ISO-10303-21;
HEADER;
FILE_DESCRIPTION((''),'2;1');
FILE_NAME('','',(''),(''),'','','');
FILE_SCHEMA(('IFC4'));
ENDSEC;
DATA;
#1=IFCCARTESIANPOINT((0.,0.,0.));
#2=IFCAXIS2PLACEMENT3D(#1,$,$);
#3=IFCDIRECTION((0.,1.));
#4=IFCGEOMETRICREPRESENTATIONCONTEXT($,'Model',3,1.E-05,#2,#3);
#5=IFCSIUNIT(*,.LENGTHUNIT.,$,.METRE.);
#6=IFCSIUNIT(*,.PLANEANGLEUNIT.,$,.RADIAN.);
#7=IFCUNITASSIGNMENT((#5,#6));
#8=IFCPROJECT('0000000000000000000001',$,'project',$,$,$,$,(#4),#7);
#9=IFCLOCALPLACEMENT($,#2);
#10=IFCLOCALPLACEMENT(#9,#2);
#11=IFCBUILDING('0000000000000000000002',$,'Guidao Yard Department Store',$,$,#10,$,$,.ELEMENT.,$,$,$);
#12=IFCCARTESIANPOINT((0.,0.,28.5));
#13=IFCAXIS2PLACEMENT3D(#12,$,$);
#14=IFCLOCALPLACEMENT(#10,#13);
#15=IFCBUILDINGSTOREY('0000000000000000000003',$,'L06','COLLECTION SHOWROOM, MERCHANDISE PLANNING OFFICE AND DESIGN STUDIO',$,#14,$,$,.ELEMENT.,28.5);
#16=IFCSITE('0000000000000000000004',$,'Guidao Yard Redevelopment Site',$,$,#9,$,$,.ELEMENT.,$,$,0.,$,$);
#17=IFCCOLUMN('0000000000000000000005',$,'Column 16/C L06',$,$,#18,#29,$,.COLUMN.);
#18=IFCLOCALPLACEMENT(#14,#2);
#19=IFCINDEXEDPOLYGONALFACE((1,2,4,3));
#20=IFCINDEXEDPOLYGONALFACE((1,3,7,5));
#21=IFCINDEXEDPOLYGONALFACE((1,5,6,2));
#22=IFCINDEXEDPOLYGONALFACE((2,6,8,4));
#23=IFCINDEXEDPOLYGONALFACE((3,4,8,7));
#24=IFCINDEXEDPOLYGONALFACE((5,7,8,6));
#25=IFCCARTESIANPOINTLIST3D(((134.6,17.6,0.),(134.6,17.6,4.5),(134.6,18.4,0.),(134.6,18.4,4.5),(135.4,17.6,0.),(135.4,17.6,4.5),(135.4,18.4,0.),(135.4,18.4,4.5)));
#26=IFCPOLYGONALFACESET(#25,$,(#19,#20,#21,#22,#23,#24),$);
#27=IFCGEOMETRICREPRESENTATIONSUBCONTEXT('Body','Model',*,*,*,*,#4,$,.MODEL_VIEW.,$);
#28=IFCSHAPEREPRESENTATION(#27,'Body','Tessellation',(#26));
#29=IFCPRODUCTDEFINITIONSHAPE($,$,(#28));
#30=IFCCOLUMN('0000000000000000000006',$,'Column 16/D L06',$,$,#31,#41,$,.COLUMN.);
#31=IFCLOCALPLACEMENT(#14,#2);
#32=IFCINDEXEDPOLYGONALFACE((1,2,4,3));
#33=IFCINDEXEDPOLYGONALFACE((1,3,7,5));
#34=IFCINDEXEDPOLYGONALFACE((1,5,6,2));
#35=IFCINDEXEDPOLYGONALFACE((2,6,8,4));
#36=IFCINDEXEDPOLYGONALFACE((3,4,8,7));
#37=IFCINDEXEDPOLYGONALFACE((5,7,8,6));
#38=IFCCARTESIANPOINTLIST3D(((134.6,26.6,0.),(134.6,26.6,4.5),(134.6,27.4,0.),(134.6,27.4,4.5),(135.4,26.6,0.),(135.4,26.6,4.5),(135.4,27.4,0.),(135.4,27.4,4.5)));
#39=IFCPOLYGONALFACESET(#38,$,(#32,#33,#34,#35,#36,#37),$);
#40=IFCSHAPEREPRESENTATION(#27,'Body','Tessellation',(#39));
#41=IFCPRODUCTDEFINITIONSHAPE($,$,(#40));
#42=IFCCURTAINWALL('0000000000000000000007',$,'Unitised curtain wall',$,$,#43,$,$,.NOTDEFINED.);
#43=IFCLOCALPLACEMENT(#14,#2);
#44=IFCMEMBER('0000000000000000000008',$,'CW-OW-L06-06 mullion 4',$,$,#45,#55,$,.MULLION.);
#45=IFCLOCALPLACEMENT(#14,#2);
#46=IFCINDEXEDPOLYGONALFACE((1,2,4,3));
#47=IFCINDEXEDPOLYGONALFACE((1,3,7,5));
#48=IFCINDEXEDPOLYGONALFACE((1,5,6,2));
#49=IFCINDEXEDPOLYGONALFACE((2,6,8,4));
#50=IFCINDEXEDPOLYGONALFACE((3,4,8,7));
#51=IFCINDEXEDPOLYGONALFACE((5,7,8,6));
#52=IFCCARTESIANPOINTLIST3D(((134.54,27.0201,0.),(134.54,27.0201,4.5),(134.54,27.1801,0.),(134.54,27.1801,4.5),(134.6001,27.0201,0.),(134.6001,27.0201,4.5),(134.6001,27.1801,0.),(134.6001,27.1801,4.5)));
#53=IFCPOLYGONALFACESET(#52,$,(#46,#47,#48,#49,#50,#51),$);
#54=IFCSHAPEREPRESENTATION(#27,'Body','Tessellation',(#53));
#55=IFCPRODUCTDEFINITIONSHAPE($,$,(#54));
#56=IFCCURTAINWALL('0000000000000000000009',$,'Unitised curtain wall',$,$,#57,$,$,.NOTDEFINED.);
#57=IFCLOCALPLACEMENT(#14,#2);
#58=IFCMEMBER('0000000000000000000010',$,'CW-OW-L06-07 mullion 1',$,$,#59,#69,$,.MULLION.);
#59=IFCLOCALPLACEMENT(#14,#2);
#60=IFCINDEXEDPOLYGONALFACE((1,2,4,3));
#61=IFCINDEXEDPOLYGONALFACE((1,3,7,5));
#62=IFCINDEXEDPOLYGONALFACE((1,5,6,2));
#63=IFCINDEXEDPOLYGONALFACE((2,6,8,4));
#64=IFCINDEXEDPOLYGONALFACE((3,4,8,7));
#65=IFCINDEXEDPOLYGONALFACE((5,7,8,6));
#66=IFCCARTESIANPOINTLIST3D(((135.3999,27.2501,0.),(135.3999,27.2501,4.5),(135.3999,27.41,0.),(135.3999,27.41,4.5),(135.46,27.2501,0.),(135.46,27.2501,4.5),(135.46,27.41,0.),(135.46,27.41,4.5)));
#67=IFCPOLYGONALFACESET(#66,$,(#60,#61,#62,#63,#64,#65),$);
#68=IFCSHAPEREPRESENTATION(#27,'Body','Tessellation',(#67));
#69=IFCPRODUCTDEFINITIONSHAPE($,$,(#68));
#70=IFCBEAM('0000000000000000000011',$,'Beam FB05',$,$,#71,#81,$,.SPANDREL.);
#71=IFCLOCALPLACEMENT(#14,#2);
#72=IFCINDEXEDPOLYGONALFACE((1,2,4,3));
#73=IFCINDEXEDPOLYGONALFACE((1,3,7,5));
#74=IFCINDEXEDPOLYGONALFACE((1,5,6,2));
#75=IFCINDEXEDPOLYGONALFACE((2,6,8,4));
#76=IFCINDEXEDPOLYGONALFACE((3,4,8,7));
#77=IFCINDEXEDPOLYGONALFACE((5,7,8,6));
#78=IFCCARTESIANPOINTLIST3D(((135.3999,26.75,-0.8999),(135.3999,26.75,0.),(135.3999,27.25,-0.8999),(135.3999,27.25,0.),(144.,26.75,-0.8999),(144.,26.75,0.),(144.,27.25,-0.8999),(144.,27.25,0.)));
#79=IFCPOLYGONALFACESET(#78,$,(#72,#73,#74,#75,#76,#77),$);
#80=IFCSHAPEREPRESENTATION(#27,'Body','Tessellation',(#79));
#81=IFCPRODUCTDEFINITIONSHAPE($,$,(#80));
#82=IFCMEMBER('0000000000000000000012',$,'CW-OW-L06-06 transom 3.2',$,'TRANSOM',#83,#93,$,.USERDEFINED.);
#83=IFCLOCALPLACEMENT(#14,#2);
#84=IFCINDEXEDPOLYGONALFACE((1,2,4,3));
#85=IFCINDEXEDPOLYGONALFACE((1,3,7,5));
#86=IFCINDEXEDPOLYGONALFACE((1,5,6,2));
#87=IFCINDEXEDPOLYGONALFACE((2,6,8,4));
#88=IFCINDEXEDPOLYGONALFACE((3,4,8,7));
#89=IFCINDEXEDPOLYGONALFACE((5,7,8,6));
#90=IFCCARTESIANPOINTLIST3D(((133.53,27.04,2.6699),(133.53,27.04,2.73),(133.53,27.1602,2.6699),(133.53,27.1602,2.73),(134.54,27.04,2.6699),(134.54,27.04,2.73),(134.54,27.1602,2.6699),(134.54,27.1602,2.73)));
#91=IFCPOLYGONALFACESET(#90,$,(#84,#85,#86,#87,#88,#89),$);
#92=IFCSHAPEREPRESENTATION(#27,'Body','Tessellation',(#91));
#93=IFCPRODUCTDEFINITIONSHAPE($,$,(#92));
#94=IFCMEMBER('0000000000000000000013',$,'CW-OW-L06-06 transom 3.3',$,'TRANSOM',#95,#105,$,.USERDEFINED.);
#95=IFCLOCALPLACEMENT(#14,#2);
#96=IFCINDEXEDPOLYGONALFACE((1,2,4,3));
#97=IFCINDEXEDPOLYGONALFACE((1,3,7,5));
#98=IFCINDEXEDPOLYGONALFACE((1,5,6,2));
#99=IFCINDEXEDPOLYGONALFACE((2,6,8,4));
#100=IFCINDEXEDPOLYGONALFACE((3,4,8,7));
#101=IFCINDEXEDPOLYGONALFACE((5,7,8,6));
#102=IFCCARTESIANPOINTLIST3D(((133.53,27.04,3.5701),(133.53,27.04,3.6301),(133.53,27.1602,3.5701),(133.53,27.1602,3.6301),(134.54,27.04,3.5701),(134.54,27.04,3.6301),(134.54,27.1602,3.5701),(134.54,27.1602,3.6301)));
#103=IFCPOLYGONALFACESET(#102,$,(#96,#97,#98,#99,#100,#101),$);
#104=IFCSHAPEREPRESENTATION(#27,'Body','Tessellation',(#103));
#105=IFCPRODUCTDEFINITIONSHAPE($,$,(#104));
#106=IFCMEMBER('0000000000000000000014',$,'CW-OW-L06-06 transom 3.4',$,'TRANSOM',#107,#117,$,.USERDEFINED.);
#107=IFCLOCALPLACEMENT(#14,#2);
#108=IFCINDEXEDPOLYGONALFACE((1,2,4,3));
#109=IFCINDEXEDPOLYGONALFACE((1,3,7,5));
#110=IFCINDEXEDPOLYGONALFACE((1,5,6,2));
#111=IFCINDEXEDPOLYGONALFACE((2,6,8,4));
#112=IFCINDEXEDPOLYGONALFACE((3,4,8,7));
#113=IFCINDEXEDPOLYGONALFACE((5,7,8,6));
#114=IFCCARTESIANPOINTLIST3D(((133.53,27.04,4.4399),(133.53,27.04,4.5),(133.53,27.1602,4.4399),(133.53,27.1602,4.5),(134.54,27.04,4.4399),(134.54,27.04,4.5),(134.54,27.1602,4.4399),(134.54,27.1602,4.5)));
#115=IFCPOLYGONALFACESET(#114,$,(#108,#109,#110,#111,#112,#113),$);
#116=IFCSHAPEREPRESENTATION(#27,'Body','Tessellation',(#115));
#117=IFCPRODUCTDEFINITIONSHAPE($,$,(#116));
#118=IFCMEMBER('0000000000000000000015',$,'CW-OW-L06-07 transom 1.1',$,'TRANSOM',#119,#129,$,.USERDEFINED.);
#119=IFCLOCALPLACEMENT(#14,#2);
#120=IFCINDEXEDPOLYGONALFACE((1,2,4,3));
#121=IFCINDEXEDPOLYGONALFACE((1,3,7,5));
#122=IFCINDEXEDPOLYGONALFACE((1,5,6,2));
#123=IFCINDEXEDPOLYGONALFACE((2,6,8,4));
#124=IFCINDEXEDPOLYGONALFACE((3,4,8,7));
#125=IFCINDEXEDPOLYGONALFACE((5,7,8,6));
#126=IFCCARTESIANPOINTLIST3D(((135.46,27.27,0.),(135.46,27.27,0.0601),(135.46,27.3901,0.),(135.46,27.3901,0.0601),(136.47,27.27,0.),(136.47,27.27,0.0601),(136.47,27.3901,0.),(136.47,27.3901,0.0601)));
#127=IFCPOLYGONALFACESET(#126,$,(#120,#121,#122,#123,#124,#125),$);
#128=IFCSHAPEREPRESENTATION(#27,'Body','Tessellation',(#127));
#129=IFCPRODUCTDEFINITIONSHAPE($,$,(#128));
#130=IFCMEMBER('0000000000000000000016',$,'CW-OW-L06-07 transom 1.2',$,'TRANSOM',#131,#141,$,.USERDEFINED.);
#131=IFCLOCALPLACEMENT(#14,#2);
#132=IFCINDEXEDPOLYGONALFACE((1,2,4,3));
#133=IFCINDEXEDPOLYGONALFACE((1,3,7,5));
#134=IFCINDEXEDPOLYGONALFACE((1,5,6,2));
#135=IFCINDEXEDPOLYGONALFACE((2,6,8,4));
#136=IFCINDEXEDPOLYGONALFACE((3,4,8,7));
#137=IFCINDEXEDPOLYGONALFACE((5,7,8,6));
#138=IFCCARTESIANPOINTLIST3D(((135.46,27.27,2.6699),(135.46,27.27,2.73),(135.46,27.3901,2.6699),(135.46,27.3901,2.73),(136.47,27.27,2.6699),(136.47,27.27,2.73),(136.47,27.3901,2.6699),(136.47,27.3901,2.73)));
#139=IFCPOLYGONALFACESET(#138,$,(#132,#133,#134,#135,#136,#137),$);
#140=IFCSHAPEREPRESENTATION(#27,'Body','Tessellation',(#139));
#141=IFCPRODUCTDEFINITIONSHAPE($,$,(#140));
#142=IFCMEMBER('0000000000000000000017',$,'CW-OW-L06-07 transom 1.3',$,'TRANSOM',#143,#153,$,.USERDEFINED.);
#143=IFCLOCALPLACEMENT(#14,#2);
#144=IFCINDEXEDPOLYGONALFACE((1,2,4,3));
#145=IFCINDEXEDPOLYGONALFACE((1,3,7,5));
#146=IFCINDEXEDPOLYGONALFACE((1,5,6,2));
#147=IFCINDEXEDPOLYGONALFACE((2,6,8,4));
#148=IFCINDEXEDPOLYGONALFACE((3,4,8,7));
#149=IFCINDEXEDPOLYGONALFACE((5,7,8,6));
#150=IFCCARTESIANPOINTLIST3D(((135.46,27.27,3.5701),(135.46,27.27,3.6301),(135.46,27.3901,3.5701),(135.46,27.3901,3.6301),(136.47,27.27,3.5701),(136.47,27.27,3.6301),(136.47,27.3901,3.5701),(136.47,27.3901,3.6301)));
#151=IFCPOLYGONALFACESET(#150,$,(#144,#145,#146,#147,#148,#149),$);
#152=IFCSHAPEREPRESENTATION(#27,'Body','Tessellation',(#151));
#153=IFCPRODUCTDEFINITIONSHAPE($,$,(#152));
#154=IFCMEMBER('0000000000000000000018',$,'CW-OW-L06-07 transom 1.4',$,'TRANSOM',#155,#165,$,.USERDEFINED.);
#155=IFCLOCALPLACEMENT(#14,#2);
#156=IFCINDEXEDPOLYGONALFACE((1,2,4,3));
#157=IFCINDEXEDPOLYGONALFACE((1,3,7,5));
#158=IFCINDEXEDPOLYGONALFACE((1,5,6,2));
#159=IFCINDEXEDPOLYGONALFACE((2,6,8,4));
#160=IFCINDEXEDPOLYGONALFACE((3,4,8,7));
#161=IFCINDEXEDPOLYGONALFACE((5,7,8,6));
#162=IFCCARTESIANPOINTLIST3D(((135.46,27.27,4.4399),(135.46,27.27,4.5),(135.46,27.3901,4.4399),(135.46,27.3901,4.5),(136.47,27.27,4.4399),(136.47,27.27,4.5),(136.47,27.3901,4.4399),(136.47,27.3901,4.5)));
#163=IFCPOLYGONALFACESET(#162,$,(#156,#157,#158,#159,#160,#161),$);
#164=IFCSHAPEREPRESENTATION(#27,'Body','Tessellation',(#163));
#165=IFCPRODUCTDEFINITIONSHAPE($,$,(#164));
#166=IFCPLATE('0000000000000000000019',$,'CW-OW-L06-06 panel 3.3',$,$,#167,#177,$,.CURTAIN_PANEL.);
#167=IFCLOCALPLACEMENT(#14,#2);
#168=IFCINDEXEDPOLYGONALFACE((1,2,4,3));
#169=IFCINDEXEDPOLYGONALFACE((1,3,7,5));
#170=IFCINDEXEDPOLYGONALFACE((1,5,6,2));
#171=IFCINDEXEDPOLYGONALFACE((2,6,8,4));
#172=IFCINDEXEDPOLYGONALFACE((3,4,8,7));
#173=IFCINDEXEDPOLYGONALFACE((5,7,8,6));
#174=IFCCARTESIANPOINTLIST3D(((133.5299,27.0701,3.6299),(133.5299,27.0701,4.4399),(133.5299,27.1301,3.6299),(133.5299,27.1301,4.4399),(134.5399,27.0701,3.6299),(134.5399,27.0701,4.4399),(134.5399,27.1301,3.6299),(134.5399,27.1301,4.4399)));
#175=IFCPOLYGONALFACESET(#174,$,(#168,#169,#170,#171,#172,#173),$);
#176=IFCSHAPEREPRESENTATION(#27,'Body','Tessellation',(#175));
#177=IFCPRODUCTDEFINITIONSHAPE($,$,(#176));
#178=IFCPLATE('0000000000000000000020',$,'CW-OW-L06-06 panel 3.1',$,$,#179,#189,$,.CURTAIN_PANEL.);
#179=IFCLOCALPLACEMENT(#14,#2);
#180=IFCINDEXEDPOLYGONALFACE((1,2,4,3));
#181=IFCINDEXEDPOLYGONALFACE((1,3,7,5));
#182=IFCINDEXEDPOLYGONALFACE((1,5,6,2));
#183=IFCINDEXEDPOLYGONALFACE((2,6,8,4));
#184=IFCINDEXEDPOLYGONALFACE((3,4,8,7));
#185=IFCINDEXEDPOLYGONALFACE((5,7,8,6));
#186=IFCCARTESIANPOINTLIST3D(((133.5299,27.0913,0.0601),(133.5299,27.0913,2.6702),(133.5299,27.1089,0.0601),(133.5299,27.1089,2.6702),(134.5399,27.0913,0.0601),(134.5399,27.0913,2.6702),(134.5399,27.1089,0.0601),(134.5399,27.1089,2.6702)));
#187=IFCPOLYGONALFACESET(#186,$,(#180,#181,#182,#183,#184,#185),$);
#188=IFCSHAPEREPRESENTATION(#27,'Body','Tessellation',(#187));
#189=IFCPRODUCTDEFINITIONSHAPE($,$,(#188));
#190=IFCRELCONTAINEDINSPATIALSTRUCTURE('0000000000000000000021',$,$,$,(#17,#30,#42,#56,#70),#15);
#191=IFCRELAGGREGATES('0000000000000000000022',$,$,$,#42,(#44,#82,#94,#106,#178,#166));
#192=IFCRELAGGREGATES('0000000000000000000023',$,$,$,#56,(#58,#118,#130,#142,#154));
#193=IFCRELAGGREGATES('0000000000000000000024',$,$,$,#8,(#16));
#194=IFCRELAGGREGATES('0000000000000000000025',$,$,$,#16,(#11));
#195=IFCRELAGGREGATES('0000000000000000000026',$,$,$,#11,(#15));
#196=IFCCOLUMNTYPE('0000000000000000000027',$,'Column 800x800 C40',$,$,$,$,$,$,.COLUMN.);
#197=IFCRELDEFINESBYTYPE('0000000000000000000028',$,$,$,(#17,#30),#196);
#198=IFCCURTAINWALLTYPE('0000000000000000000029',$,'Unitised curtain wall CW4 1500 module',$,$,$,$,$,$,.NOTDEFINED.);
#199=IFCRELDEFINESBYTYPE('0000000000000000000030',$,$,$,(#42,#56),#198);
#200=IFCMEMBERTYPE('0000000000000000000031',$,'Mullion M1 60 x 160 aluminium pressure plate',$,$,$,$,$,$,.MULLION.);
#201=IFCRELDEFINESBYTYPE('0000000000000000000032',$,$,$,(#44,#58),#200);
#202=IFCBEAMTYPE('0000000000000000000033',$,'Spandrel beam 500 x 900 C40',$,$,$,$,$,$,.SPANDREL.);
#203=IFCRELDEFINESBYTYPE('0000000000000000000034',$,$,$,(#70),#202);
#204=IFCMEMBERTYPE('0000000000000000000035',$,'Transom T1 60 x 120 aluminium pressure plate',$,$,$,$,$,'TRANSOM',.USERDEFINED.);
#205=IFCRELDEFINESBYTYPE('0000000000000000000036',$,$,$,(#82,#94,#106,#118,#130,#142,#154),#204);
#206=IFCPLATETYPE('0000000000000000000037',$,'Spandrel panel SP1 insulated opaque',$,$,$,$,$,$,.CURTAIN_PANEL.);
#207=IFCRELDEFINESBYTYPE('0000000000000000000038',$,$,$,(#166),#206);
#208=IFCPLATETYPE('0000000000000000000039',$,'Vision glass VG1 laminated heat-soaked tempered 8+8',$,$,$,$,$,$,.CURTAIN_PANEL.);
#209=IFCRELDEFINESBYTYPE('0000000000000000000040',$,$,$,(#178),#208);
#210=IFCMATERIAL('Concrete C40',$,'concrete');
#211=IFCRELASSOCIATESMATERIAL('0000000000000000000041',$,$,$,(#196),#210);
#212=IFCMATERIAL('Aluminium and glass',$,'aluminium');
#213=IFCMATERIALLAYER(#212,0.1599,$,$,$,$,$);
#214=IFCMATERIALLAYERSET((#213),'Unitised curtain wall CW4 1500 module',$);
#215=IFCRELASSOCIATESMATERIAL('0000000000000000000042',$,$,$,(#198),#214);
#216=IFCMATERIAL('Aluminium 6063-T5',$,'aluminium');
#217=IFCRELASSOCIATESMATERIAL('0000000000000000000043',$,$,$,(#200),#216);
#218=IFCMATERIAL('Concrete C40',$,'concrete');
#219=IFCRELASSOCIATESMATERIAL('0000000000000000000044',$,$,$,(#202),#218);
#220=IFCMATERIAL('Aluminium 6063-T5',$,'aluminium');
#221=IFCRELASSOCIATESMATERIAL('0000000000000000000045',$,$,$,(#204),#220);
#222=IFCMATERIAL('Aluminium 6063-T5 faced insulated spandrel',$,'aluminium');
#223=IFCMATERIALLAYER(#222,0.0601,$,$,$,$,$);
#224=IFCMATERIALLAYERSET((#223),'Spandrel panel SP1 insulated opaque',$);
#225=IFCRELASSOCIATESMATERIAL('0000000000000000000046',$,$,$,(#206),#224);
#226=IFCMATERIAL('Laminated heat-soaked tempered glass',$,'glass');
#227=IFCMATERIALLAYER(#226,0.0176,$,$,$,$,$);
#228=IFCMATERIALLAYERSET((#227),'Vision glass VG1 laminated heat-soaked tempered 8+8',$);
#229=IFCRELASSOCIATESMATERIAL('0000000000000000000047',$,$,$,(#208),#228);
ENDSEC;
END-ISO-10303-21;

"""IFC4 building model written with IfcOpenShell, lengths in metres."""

from ifc_helpers import new_model, si_unit, direction, frame, origin, origin_2d, place, context, subcontext, project, spatial, rectangle, extrude, material, layer, layer_set, material_profile, profile_set, type_object, element, aggregate, save


model = new_model("IFC4")

# Units and contexts
model_context = context("Model", 3, precision=1e-05, world=origin(), true_north=direction((0.0, 1.0)))
body_context = subcontext(model_context, "Body", "Model", "MODEL_VIEW")
ifc_project = project(units=[si_unit("LENGTHUNIT", "METRE"), si_unit("PLANEANGLEUNIT", "RADIAN")], contexts=[model_context])

# Site, building, storey
site_placement = place(None, origin())
site = spatial("IfcSite", under=ifc_project, at=site_placement, Name="Guidao Yard Redevelopment Site", CompositionType="ELEMENT", RefElevation=0.0)
building_placement = place(site_placement, origin())
building = spatial("IfcBuilding", under=site, at=building_placement, Name="Guidao Yard Department Store", CompositionType="ELEMENT")
storey_placement = place(building_placement, frame((0.0, 0.0, 28.5)))
storey = spatial("IfcBuildingStorey", under=building, at=storey_placement, Name="L06", Description="COLLECTION SHOWROOM, MERCHANDISE PLANNING OFFICE AND DESIGN STUDIO", CompositionType="ELEMENT", Elevation=28.5)

# Columns
ifc_material_1 = material(Name="Concrete C40", Category="concrete")
ifc_material_profile_1 = material_profile(ifc_material_1, rectangle(XDim=0.8, YDim=0.8, at=origin_2d()), Name="COL 800x800")
ifc_profile_set_1 = profile_set([ifc_material_profile_1], Name="Concrete C40")
column_type = type_object("IfcColumnType", Name="Column 800x800 C40", PredefinedType="COLUMN", material=ifc_profile_set_1)
for number, where, z_axis, x_axis, name in (
    (1, (135.0, 18.0, 0.0), (0.0, 0.0, 1.0), (1.0, 0.0, 0.0), "Column 16/C L06"),
    (2, (135.0, 27.0, 0.0), (0.0, 0.0, 1.0), (1.0, 0.0, 0.0), "Column 16/D L06"),
):
    element("IfcColumn", number, at=place(storey_placement, frame(where, z_axis=z_axis, x_axis=x_axis)), inside=storey, type_object=column_type, Name=name, PredefinedType="COLUMN", context=body_context, shape_type="SweptSolid", body=[
        extrude(rectangle(XDim=0.8, YDim=0.8, at=origin_2d()), origin(), (0.0, 0.0, 1.0), 4.5),
    ])

# Curtain walls, members
ifc_material_2 = material(Name="Aluminium and glass", Category="aluminium")
ifc_layer_1 = layer(ifc_material_2, 0.1599)
ifc_layer_set_1 = layer_set([ifc_layer_1], Name="Unitised curtain wall CW4 1500 module")
curtain_wall_type = type_object("IfcCurtainWallType", Name="Unitised curtain wall CW4 1500 module", PredefinedType="NOTDEFINED", material=ifc_layer_set_1)
curtain_wall_1_placement = place(storey_placement, origin())
curtain_wall_1 = element("IfcCurtainWall", 3, at=curtain_wall_1_placement, inside=storey, type_object=curtain_wall_type, Name="Unitised curtain wall", PredefinedType="NOTDEFINED")
ifc_material_3 = material(Name="Aluminium 6063-T5", Category="aluminium")
ifc_material_profile_2 = material_profile(ifc_material_3, rectangle(XDim=0.0601, YDim=0.1599, at=origin_2d()), Name="Mullion M1 60 x 160 aluminium pressure plate")
ifc_profile_set_2 = profile_set([ifc_material_profile_2], Name="Aluminium 6063-T5")
member_type_1 = type_object("IfcMemberType", Name="Mullion M1 60 x 160 aluminium pressure plate", PredefinedType="MULLION", material=ifc_profile_set_2)
member_1_placement = place(storey_placement, frame((134.5701, 27.1001, 0.0), z_axis=(0.0, 0.0, 1.0), x_axis=(1.0, 0.0, 0.0)))
member_1 = element("IfcMember", 4, at=member_1_placement, type_object=member_type_1, Name="CW-OW-L06-06 mullion 4", PredefinedType="MULLION", context=body_context, shape_type="SweptSolid", body=[
    extrude(rectangle(XDim=0.0601, YDim=0.1599, at=origin_2d()), origin(), (0.0, 0.0, 1.0), 4.5),
])
curtain_wall_2_placement = place(storey_placement, origin())
curtain_wall_2 = element("IfcCurtainWall", 5, at=curtain_wall_2_placement, inside=storey, type_object=curtain_wall_type, Name="Unitised curtain wall", PredefinedType="NOTDEFINED")
member_2_placement = place(storey_placement, frame((135.4299, 27.3301, 0.0), z_axis=(0.0, 0.0, 1.0), x_axis=(1.0, 0.0, 0.0)))
member_2 = element("IfcMember", 6, at=member_2_placement, type_object=member_type_1, Name="CW-OW-L06-07 mullion 1", PredefinedType="MULLION", context=body_context, shape_type="SweptSolid", body=[
    extrude(rectangle(XDim=0.0601, YDim=0.1599, at=origin_2d()), origin(), (0.0, 0.0, 1.0), 4.5),
])

# Beam
ifc_material_4 = material(Name="Concrete C40", Category="concrete")
ifc_material_profile_3 = material_profile(ifc_material_4, rectangle(XDim=0.5, YDim=0.8999, at=origin_2d()), Name="Spandrel beam 500 x 900 C40")
ifc_profile_set_3 = profile_set([ifc_material_profile_3], Name="Concrete C40")
beam_type = type_object("IfcBeamType", Name="Spandrel beam 500 x 900 C40", PredefinedType="SPANDREL", material=ifc_profile_set_3)
beam_placement = place(storey_placement, frame((135.3999, 27.0, -0.45), z_axis=(1.0, 0.0, 0.0), x_axis=(0.0, 1.0, 0.0)))
element("IfcBeam", 7, at=beam_placement, inside=storey, type_object=beam_type, Name="Beam FB05", PredefinedType="SPANDREL", context=body_context, shape_type="SweptSolid", body=[
    extrude(rectangle(XDim=0.5, YDim=0.8999, at=origin_2d()), origin(), (0.0, 0.0, 1.0), 8.6001),
])

# Members
ifc_material_5 = material(Name="Aluminium 6063-T5", Category="aluminium")
ifc_material_profile_4 = material_profile(ifc_material_5, rectangle(XDim=0.1201, YDim=0.0601, at=origin_2d()), Name="Transom T1 60 x 120 aluminium pressure plate")
ifc_profile_set_4 = profile_set([ifc_material_profile_4], Name="Aluminium 6063-T5")
member_type_2 = type_object("IfcMemberType", Name="Transom T1 60 x 120 aluminium pressure plate", ElementType="TRANSOM", PredefinedType="USERDEFINED", material=ifc_profile_set_4)
member_3_placement = place(storey_placement, frame((133.53, 27.1001, 2.7), z_axis=(1.0, 0.0, 0.0), x_axis=(0.0, 1.0, 0.0)))
member_3 = element("IfcMember", 8, at=member_3_placement, type_object=member_type_2, Name="CW-OW-L06-06 transom 3.2", ObjectType="TRANSOM", PredefinedType="USERDEFINED", context=body_context, shape_type="SweptSolid", body=[
    extrude(rectangle(XDim=0.1201, YDim=0.0601, at=origin_2d()), origin(), (0.0, 0.0, 1.0), 1.01),
])
member_4_placement = place(storey_placement, frame((133.53, 27.1001, 3.6001), z_axis=(1.0, 0.0, 0.0), x_axis=(0.0, 1.0, 0.0)))
member_4 = element("IfcMember", 9, at=member_4_placement, type_object=member_type_2, Name="CW-OW-L06-06 transom 3.3", ObjectType="TRANSOM", PredefinedType="USERDEFINED", context=body_context, shape_type="SweptSolid", body=[
    extrude(rectangle(XDim=0.1201, YDim=0.0601, at=origin_2d()), origin(), (0.0, 0.0, 1.0), 1.01),
])
member_5_placement = place(storey_placement, frame((133.53, 27.1001, 4.47), z_axis=(1.0, 0.0, 0.0), x_axis=(0.0, 1.0, 0.0)))
member_5 = element("IfcMember", 10, at=member_5_placement, type_object=member_type_2, Name="CW-OW-L06-06 transom 3.4", ObjectType="TRANSOM", PredefinedType="USERDEFINED", context=body_context, shape_type="SweptSolid", body=[
    extrude(rectangle(XDim=0.1201, YDim=0.0601, at=origin_2d()), origin(), (0.0, 0.0, 1.0), 1.01),
])
member_6_placement = place(storey_placement, frame((135.46, 27.3301, 0.03), z_axis=(1.0, 0.0, 0.0), x_axis=(0.0, 1.0, 0.0)))
member_6 = element("IfcMember", 11, at=member_6_placement, type_object=member_type_2, Name="CW-OW-L06-07 transom 1.1", ObjectType="TRANSOM", PredefinedType="USERDEFINED", context=body_context, shape_type="SweptSolid", body=[
    extrude(rectangle(XDim=0.1201, YDim=0.0601, at=origin_2d()), origin(), (0.0, 0.0, 1.0), 1.01),
])
member_7_placement = place(storey_placement, frame((135.46, 27.3301, 2.7), z_axis=(1.0, 0.0, 0.0), x_axis=(0.0, 1.0, 0.0)))
member_7 = element("IfcMember", 12, at=member_7_placement, type_object=member_type_2, Name="CW-OW-L06-07 transom 1.2", ObjectType="TRANSOM", PredefinedType="USERDEFINED", context=body_context, shape_type="SweptSolid", body=[
    extrude(rectangle(XDim=0.1201, YDim=0.0601, at=origin_2d()), origin(), (0.0, 0.0, 1.0), 1.01),
])
member_8_placement = place(storey_placement, frame((135.46, 27.3301, 3.6001), z_axis=(1.0, 0.0, 0.0), x_axis=(0.0, 1.0, 0.0)))
member_8 = element("IfcMember", 13, at=member_8_placement, type_object=member_type_2, Name="CW-OW-L06-07 transom 1.3", ObjectType="TRANSOM", PredefinedType="USERDEFINED", context=body_context, shape_type="SweptSolid", body=[
    extrude(rectangle(XDim=0.1201, YDim=0.0601, at=origin_2d()), origin(), (0.0, 0.0, 1.0), 1.01),
])
member_9_placement = place(storey_placement, frame((135.46, 27.3301, 4.47), z_axis=(1.0, 0.0, 0.0), x_axis=(0.0, 1.0, 0.0)))
member_9 = element("IfcMember", 14, at=member_9_placement, type_object=member_type_2, Name="CW-OW-L06-07 transom 1.4", ObjectType="TRANSOM", PredefinedType="USERDEFINED", context=body_context, shape_type="SweptSolid", body=[
    extrude(rectangle(XDim=0.1201, YDim=0.0601, at=origin_2d()), origin(), (0.0, 0.0, 1.0), 1.01),
])

# Plates
ifc_material_6 = material(Name="Aluminium 6063-T5 faced insulated spandrel", Category="aluminium")
ifc_layer_2 = layer(ifc_material_6, 0.0601)
ifc_layer_set_2 = layer_set([ifc_layer_2], Name="Spandrel panel SP1 insulated opaque")
plate_type_1 = type_object("IfcPlateType", Name="Spandrel panel SP1 insulated opaque", PredefinedType="CURTAIN_PANEL", material=ifc_layer_set_2)
plate_1_placement = place(storey_placement, frame((134.0349, 27.1001, 3.6299), z_axis=(0.0, 0.0, 1.0), x_axis=(1.0, 0.0, 0.0)))
plate_1 = element("IfcPlate", 15, at=plate_1_placement, type_object=plate_type_1, Name="CW-OW-L06-06 panel 3.3", PredefinedType="CURTAIN_PANEL", context=body_context, shape_type="SweptSolid", body=[
    extrude(rectangle(XDim=1.01, YDim=0.0601, at=origin_2d()), origin(), (0.0, 0.0, 1.0), 0.8101),
])
ifc_material_7 = material(Name="Laminated heat-soaked tempered glass", Category="glass")
ifc_layer_3 = layer(ifc_material_7, 0.0176)
ifc_layer_set_3 = layer_set([ifc_layer_3], Name="Vision glass VG1 laminated heat-soaked tempered 8+8")
plate_type_2 = type_object("IfcPlateType", Name="Vision glass VG1 laminated heat-soaked tempered 8+8", PredefinedType="CURTAIN_PANEL", material=ifc_layer_set_3)
plate_2_placement = place(storey_placement, frame((134.0349, 27.1001, 0.0601), z_axis=(0.0, 0.0, 1.0), x_axis=(1.0, 0.0, 0.0)))
plate_2 = element("IfcPlate", 16, at=plate_2_placement, type_object=plate_type_2, Name="CW-OW-L06-06 panel 3.1", PredefinedType="CURTAIN_PANEL", context=body_context, shape_type="SweptSolid", body=[
    extrude(rectangle(XDim=1.01, YDim=0.0176, at=origin_2d()), origin(), (0.0, 0.0, 1.0), 2.6101),
])
aggregate(curtain_wall_1, [member_1, member_3, member_4, member_5, plate_2, plate_1])
aggregate(curtain_wall_2, [member_2, member_6, member_7, member_8, member_9])

save(model, "model.ifc")
